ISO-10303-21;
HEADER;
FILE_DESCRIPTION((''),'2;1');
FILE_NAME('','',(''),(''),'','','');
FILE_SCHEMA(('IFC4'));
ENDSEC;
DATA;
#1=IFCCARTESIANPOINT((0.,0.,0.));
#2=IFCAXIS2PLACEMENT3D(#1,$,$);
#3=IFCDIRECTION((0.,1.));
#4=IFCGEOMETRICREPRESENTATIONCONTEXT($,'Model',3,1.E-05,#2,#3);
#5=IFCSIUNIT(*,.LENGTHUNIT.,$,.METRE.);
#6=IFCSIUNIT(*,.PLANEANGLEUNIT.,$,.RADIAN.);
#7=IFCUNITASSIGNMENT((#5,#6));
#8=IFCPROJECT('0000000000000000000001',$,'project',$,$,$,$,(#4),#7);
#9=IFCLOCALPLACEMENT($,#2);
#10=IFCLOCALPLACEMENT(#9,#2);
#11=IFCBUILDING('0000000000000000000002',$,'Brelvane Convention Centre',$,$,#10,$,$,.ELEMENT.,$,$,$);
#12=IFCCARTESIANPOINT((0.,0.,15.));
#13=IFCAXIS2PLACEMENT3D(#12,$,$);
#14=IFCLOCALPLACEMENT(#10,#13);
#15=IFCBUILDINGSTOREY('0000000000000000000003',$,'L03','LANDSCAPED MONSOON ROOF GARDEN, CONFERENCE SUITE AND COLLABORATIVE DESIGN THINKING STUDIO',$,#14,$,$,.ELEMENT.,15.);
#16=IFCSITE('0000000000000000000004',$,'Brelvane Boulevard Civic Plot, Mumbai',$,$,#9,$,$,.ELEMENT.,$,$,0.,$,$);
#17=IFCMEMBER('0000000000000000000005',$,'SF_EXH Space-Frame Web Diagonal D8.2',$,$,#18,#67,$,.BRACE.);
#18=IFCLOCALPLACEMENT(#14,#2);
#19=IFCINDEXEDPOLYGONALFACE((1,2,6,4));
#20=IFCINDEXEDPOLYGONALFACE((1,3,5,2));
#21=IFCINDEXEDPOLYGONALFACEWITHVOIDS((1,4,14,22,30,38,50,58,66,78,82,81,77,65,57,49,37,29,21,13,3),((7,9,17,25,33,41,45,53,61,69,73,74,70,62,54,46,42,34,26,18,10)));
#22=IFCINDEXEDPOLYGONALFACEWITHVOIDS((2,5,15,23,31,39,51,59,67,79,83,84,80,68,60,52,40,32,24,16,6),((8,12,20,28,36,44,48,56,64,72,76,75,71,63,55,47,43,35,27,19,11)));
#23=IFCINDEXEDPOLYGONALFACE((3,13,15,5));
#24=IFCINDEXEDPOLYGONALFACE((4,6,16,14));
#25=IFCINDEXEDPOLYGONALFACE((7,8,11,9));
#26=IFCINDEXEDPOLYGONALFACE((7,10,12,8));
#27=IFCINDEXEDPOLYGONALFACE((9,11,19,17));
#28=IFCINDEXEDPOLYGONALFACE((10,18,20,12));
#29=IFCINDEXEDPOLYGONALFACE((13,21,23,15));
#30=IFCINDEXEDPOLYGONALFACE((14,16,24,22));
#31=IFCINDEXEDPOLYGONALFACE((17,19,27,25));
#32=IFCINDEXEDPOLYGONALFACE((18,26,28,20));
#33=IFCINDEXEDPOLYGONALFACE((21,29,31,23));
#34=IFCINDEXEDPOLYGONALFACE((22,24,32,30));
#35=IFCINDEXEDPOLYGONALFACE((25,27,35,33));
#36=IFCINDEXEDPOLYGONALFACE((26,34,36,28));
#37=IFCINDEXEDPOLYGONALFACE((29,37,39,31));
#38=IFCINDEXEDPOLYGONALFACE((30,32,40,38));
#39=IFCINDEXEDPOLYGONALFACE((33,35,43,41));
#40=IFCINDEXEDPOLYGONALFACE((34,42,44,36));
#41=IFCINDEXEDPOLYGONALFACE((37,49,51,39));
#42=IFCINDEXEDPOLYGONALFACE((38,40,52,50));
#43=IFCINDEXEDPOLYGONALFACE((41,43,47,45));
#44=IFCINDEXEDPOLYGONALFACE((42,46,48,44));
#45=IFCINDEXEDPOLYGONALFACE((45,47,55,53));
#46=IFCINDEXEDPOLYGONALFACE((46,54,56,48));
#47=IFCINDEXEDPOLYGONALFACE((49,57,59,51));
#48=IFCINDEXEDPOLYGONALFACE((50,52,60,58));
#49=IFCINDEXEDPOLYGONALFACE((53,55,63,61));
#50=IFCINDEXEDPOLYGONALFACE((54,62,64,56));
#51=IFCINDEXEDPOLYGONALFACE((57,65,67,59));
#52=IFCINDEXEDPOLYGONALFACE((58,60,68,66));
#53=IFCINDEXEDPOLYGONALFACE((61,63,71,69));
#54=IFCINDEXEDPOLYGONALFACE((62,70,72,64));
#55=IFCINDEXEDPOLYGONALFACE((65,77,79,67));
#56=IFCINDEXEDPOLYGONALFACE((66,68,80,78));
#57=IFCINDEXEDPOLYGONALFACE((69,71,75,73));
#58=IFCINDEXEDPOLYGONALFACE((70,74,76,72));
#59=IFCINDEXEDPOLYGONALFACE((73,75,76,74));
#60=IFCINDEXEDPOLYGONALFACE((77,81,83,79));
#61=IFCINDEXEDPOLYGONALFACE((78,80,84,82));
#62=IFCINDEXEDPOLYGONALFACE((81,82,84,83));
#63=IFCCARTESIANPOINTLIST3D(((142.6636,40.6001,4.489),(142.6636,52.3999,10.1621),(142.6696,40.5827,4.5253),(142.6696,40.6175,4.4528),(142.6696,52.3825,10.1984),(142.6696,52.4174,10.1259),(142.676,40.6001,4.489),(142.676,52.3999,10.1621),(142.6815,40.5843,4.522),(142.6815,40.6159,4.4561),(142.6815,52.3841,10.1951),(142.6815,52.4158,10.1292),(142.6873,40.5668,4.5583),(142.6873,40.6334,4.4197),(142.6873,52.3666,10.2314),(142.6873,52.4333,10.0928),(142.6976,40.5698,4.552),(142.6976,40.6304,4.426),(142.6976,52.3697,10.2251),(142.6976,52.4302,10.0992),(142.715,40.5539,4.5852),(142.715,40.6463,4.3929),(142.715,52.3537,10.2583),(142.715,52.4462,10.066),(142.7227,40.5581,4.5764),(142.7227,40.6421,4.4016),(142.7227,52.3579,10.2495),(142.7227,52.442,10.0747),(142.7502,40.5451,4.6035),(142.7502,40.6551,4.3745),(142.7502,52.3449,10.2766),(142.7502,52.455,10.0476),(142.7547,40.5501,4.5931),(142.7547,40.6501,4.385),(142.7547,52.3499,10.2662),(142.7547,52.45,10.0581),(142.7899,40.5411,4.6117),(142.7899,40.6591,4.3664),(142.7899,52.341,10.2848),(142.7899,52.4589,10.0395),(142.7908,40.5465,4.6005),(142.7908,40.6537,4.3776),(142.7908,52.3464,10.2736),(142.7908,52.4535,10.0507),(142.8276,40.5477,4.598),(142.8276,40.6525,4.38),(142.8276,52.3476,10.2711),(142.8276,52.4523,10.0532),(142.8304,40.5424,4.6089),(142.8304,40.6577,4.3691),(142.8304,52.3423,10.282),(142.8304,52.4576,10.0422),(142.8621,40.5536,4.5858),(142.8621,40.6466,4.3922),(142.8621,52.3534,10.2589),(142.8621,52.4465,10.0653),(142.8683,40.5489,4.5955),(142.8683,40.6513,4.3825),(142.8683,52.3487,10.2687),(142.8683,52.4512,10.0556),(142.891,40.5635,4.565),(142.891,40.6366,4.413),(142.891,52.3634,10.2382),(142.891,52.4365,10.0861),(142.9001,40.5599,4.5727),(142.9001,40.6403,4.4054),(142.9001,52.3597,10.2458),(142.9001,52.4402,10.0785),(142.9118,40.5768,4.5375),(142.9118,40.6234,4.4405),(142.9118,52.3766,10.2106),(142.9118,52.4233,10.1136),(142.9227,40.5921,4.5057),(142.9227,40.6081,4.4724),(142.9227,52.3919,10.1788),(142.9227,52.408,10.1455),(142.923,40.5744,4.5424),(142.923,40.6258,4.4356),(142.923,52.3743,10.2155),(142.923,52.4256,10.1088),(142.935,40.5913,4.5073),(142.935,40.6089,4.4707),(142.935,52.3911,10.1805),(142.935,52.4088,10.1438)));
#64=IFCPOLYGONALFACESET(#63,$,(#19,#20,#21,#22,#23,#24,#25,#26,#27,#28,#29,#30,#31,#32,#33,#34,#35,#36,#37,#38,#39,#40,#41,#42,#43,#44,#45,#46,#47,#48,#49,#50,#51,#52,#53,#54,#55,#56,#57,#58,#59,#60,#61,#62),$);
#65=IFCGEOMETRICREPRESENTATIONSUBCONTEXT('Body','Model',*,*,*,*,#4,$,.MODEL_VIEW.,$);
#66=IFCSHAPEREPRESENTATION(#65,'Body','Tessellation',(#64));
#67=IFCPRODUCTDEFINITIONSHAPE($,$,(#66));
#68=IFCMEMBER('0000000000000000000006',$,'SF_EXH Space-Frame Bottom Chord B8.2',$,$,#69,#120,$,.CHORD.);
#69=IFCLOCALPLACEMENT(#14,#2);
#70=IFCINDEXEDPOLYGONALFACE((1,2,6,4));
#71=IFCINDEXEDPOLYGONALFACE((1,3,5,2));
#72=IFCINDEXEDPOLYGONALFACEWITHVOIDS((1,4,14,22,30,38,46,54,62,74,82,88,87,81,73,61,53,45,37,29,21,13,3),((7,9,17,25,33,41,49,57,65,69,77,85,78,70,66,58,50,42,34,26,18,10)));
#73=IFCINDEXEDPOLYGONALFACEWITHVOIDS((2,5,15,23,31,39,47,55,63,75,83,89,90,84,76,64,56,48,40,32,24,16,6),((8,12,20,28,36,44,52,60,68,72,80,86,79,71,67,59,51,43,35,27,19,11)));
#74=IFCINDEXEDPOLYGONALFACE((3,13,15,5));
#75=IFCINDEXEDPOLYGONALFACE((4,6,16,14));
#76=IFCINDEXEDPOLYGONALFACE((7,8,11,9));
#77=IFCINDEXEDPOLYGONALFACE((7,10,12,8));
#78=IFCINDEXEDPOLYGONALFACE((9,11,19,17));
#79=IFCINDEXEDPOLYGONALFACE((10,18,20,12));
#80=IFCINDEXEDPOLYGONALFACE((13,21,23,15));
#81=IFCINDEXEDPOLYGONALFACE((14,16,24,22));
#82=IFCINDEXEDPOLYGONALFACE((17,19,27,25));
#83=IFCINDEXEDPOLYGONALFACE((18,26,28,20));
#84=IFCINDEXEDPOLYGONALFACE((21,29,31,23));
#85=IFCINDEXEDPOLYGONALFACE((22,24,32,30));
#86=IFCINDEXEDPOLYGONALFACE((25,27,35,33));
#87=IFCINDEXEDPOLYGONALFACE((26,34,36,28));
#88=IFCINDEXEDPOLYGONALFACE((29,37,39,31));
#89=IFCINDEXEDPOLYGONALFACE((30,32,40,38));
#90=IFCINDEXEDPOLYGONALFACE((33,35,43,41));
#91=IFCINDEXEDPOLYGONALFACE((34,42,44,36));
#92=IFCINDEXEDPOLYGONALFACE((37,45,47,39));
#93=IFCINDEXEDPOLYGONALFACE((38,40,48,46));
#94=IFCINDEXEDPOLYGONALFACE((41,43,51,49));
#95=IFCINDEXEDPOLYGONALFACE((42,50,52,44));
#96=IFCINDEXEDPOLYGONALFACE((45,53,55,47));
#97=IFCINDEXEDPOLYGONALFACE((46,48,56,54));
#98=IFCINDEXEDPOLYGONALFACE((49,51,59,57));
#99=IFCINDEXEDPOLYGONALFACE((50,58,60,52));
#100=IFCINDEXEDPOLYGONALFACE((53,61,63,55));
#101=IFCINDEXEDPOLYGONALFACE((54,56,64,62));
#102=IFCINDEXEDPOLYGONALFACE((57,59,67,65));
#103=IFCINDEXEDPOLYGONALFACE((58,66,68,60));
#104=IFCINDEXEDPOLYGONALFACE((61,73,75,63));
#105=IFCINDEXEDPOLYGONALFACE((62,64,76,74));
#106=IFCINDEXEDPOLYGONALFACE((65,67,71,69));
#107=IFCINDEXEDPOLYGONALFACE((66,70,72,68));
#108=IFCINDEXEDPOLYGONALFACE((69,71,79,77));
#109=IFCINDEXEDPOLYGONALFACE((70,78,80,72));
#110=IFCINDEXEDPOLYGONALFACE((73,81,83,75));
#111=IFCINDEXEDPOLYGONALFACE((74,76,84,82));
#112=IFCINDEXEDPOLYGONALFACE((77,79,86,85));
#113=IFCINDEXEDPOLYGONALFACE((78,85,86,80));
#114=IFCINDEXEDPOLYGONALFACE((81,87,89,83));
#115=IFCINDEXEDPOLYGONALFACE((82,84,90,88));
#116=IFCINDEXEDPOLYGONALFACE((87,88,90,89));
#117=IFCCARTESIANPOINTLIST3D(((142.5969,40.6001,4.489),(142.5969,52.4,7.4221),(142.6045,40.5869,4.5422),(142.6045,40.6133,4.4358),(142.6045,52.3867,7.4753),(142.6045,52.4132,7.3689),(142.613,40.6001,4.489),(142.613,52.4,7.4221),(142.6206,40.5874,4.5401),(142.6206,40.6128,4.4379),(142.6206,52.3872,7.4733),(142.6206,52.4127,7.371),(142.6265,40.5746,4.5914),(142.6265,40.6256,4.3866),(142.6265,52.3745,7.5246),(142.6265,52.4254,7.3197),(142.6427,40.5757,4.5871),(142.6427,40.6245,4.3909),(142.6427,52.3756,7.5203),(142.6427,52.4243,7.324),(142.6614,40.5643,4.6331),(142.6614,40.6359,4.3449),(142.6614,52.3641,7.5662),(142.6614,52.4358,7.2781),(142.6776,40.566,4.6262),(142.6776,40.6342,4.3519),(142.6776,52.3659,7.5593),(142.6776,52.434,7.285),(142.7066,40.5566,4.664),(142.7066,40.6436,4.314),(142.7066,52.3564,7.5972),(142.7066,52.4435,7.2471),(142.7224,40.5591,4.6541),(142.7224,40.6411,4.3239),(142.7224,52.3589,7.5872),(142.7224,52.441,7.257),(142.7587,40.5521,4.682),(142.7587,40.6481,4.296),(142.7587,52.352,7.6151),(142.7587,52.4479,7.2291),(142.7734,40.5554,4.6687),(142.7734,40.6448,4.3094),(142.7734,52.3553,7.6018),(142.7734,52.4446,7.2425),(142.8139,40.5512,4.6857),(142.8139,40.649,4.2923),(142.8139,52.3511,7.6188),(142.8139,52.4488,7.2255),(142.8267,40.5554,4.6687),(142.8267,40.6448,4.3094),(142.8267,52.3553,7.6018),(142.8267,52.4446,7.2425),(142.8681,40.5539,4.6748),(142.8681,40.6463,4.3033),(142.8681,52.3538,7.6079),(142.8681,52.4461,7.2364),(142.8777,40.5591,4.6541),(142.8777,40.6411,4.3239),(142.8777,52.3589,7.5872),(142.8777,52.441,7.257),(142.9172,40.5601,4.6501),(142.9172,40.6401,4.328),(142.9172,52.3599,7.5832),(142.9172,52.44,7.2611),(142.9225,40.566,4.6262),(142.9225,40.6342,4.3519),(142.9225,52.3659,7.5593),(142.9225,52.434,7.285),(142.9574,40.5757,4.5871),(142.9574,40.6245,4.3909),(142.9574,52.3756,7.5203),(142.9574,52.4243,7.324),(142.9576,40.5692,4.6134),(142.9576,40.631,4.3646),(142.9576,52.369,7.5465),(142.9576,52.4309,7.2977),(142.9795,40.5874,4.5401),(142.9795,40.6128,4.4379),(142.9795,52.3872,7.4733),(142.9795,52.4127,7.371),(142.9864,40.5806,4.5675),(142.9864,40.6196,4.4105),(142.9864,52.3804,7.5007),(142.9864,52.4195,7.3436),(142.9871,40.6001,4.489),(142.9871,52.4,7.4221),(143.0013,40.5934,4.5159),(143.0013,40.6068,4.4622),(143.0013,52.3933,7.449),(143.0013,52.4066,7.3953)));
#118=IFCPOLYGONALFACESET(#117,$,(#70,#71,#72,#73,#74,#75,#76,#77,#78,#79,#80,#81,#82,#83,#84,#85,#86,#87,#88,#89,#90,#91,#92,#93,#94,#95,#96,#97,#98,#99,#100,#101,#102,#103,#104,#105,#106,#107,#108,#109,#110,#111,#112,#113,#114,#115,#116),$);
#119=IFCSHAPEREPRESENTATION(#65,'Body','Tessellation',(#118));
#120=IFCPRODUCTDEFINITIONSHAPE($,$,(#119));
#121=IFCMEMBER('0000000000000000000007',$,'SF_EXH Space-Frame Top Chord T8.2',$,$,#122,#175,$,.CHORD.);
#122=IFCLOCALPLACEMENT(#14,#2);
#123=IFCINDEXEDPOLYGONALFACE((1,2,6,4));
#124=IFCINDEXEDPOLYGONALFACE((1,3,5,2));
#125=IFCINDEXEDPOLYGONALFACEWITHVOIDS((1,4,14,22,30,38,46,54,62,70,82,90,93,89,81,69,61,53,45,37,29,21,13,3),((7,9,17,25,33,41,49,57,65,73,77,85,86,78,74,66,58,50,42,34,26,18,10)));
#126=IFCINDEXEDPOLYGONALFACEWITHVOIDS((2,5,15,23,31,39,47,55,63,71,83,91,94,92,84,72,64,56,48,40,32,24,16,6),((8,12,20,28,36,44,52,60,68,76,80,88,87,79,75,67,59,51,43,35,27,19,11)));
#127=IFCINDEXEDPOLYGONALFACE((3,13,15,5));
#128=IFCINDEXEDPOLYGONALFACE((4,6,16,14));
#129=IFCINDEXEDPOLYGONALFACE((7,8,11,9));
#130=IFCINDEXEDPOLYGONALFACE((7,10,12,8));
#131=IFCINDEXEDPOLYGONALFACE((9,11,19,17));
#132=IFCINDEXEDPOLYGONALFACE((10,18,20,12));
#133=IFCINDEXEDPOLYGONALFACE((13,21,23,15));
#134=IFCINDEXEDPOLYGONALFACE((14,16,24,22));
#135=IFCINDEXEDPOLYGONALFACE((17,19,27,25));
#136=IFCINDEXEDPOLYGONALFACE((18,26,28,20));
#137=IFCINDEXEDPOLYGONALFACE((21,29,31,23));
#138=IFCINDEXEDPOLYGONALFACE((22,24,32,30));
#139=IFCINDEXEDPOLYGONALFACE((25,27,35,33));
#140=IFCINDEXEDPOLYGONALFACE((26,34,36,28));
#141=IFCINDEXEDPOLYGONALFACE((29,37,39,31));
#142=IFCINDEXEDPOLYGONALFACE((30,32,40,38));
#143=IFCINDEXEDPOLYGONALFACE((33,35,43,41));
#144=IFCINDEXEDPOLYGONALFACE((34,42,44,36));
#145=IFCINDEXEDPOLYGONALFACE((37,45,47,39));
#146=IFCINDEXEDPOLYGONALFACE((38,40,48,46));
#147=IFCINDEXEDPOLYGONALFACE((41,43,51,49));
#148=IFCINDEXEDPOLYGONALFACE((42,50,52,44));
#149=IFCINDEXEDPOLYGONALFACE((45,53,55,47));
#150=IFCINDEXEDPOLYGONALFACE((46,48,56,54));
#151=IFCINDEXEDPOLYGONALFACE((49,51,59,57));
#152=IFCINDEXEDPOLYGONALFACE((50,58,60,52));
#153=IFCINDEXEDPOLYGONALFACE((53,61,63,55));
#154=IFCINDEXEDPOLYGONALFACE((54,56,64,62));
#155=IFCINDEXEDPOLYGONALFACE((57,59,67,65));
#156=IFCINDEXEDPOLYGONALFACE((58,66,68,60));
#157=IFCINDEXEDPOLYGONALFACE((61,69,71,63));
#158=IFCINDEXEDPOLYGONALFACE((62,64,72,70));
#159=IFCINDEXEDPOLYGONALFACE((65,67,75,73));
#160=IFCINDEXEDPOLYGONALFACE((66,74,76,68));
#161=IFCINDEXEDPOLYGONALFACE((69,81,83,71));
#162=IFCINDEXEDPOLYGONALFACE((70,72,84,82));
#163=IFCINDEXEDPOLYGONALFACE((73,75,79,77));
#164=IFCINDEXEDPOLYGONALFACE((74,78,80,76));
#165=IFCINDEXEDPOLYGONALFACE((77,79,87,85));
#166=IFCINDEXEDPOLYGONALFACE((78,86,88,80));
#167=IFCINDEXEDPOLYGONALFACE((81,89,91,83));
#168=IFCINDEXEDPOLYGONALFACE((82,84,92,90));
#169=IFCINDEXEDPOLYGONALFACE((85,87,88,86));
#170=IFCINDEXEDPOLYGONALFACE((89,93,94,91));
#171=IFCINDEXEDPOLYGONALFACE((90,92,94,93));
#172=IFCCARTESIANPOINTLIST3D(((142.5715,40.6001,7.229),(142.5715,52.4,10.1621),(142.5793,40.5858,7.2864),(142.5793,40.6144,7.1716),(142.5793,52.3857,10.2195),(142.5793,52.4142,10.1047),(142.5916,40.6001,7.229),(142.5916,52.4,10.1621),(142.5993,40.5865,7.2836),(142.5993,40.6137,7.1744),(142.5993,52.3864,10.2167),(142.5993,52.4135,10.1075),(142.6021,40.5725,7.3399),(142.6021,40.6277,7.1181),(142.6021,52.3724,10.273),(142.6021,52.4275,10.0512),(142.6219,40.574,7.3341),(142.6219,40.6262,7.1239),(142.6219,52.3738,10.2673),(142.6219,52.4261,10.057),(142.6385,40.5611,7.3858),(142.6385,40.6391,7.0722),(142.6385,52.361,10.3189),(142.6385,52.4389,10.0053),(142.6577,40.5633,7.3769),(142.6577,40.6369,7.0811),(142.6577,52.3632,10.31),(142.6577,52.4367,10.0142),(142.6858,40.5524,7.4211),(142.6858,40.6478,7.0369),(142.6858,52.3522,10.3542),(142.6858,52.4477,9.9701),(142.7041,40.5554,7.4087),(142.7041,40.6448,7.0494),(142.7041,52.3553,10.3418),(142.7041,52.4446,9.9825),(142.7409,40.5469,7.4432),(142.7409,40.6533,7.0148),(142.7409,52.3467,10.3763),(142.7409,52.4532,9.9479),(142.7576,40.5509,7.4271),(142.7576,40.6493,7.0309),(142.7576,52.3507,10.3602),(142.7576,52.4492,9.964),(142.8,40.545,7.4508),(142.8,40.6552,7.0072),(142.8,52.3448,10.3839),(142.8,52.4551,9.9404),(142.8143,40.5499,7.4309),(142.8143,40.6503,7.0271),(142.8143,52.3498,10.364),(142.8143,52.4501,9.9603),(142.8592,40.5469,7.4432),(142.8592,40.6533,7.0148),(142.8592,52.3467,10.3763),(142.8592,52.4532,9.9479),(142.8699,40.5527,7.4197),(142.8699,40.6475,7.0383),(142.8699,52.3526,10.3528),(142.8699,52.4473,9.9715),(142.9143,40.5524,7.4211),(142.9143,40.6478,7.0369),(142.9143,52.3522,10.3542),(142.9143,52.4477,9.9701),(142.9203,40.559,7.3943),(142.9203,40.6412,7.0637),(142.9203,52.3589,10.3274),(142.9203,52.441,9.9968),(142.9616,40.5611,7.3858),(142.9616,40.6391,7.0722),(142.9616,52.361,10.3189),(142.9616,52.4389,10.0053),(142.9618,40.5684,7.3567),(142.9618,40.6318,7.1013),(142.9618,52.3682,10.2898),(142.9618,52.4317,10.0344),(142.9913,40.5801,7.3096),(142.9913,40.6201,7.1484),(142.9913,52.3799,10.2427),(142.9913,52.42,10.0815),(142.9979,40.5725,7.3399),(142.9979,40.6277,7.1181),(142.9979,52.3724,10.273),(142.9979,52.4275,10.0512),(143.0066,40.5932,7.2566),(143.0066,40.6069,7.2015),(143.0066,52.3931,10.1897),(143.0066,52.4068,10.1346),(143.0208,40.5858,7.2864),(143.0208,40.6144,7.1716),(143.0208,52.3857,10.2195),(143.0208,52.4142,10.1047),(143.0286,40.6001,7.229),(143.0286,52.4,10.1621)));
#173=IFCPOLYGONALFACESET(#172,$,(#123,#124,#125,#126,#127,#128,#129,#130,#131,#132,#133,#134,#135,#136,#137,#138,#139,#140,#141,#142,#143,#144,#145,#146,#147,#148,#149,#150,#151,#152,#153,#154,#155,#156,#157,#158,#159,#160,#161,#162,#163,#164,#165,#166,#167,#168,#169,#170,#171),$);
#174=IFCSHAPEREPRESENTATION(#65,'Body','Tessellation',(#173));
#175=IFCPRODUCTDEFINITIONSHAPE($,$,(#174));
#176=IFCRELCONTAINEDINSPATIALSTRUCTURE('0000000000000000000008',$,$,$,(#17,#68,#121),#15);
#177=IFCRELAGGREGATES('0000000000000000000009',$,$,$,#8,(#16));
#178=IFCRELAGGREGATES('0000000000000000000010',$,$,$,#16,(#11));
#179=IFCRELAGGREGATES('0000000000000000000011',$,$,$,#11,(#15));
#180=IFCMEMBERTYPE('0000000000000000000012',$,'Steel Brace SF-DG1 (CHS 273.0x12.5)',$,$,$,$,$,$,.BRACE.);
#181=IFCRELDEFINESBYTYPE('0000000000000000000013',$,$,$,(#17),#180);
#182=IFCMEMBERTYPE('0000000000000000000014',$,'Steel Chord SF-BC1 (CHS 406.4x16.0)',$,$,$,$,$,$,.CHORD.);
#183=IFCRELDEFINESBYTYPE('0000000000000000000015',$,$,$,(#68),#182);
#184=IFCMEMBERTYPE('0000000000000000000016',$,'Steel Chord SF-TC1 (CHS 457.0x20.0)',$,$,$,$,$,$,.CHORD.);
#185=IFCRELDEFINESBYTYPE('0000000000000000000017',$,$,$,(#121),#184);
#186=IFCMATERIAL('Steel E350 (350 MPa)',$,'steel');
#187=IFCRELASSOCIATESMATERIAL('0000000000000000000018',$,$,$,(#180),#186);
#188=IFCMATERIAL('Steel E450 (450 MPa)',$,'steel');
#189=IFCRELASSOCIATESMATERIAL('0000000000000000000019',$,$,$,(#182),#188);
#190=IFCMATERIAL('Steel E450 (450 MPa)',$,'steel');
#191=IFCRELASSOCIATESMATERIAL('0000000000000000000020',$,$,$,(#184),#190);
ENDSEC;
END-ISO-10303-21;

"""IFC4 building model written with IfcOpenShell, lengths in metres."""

from ifc_helpers import new_model, si_unit, direction, frame, origin, origin_2d, place, context, subcontext, project, spatial, hollow_circle, extrude, material, material_profile, profile_set, type_object, element, save


model = new_model("IFC4")

# Units and contexts
model_context = context("Model", 3, precision=1e-05, world=origin(), true_north=direction((0.0, 1.0)))
body_context = subcontext(model_context, "Body", "Model", "MODEL_VIEW")
ifc_project = project(units=[si_unit("LENGTHUNIT", "METRE"), si_unit("PLANEANGLEUNIT", "RADIAN")], contexts=[model_context])

# Site, building, storey
site_placement = place(None, origin())
site = spatial("IfcSite", under=ifc_project, at=site_placement, Name="Brelvane Boulevard Civic Plot, Mumbai", CompositionType="ELEMENT", RefElevation=0.0)
building_placement = place(site_placement, origin())
building = spatial("IfcBuilding", under=site, at=building_placement, Name="Brelvane Convention Centre", CompositionType="ELEMENT")
storey_placement = place(building_placement, frame((0.0, 0.0, 15.0)))
storey = spatial("IfcBuildingStorey", under=building, at=storey_placement, Name="L03", Description="LANDSCAPED MONSOON ROOF GARDEN, CONFERENCE SUITE AND COLLABORATIVE DESIGN THINKING STUDIO", CompositionType="ELEMENT", Elevation=15.0)

# Members
ifc_material_1 = material(Name="Steel E350 (350 MPa)", Category="steel")
ifc_material_profile_1 = material_profile(ifc_material_1, hollow_circle(Radius=0.1365, WallThickness=0.0125, at=origin_2d()), Name="CHS 273.0x12.5")
ifc_profile_set_1 = profile_set([ifc_material_profile_1], Name="Steel E350 (350 MPa)")
member_type_1 = type_object("IfcMemberType", Name="Steel Brace SF-DG1 (CHS 273.0x12.5)", PredefinedType="BRACE", material=ifc_profile_set_1)
member_1_placement = place(storey_placement, frame((142.8, 40.6001, 4.489), z_axis=(0.0, 0.901249, 0.433301), x_axis=(-1.0, 0.0, 0.0)))
element("IfcMember", 1, at=member_1_placement, inside=storey, type_object=member_type_1, Name="SF_EXH Space-Frame Web Diagonal D8.2", PredefinedType="BRACE", context=body_context, shape_type="SweptSolid", body=[
    extrude(hollow_circle(Radius=0.1365, WallThickness=0.0125, at=origin_2d()), origin(), (0.0, 0.0, 1.0), 13.0928),
])
ifc_material_2 = material(Name="Steel E450 (450 MPa)", Category="steel")
ifc_material_profile_2 = material_profile(ifc_material_2, hollow_circle(Radius=0.2031, WallThickness=0.0161, at=origin_2d()), Name="CHS 406.4x16.0")
ifc_profile_set_2 = profile_set([ifc_material_profile_2], Name="Steel E450 (450 MPa)")
member_type_2 = type_object("IfcMemberType", Name="Steel Chord SF-BC1 (CHS 406.4x16.0)", PredefinedType="CHORD", material=ifc_profile_set_2)
member_2_placement = place(storey_placement, frame((142.8, 40.6001, 4.489), z_axis=(0.0, 0.970468, 0.241231), x_axis=(-1.0, 0.0, 0.0)))
element("IfcMember", 2, at=member_2_placement, inside=storey, type_object=member_type_2, Name="SF_EXH Space-Frame Bottom Chord B8.2", PredefinedType="CHORD", context=body_context, shape_type="SweptSolid", body=[
    extrude(hollow_circle(Radius=0.2031, WallThickness=0.0161, at=origin_2d()), origin(), (0.0, 0.0, 1.0), 12.1589),
])
ifc_material_3 = material(Name="Steel E450 (450 MPa)", Category="steel")
ifc_material_profile_3 = material_profile(ifc_material_3, hollow_circle(Radius=0.2285, WallThickness=0.02, at=origin_2d()), Name="CHS 457.0x20.0")
ifc_profile_set_3 = profile_set([ifc_material_profile_3], Name="Steel E450 (450 MPa)")
member_type_3 = type_object("IfcMemberType", Name="Steel Chord SF-TC1 (CHS 457.0x20.0)", PredefinedType="CHORD", material=ifc_profile_set_3)
member_3_placement = place(storey_placement, frame((142.8, 40.6001, 7.229), z_axis=(0.0, 0.970468, 0.241231), x_axis=(-1.0, 0.0, 0.0)))
element("IfcMember", 3, at=member_3_placement, inside=storey, type_object=member_type_3, Name="SF_EXH Space-Frame Top Chord T8.2", PredefinedType="CHORD", context=body_context, shape_type="SweptSolid", body=[
    extrude(hollow_circle(Radius=0.2285, WallThickness=0.02, at=origin_2d()), origin(), (0.0, 0.0, 1.0), 12.1589),
])

save(model, "model.ifc")
